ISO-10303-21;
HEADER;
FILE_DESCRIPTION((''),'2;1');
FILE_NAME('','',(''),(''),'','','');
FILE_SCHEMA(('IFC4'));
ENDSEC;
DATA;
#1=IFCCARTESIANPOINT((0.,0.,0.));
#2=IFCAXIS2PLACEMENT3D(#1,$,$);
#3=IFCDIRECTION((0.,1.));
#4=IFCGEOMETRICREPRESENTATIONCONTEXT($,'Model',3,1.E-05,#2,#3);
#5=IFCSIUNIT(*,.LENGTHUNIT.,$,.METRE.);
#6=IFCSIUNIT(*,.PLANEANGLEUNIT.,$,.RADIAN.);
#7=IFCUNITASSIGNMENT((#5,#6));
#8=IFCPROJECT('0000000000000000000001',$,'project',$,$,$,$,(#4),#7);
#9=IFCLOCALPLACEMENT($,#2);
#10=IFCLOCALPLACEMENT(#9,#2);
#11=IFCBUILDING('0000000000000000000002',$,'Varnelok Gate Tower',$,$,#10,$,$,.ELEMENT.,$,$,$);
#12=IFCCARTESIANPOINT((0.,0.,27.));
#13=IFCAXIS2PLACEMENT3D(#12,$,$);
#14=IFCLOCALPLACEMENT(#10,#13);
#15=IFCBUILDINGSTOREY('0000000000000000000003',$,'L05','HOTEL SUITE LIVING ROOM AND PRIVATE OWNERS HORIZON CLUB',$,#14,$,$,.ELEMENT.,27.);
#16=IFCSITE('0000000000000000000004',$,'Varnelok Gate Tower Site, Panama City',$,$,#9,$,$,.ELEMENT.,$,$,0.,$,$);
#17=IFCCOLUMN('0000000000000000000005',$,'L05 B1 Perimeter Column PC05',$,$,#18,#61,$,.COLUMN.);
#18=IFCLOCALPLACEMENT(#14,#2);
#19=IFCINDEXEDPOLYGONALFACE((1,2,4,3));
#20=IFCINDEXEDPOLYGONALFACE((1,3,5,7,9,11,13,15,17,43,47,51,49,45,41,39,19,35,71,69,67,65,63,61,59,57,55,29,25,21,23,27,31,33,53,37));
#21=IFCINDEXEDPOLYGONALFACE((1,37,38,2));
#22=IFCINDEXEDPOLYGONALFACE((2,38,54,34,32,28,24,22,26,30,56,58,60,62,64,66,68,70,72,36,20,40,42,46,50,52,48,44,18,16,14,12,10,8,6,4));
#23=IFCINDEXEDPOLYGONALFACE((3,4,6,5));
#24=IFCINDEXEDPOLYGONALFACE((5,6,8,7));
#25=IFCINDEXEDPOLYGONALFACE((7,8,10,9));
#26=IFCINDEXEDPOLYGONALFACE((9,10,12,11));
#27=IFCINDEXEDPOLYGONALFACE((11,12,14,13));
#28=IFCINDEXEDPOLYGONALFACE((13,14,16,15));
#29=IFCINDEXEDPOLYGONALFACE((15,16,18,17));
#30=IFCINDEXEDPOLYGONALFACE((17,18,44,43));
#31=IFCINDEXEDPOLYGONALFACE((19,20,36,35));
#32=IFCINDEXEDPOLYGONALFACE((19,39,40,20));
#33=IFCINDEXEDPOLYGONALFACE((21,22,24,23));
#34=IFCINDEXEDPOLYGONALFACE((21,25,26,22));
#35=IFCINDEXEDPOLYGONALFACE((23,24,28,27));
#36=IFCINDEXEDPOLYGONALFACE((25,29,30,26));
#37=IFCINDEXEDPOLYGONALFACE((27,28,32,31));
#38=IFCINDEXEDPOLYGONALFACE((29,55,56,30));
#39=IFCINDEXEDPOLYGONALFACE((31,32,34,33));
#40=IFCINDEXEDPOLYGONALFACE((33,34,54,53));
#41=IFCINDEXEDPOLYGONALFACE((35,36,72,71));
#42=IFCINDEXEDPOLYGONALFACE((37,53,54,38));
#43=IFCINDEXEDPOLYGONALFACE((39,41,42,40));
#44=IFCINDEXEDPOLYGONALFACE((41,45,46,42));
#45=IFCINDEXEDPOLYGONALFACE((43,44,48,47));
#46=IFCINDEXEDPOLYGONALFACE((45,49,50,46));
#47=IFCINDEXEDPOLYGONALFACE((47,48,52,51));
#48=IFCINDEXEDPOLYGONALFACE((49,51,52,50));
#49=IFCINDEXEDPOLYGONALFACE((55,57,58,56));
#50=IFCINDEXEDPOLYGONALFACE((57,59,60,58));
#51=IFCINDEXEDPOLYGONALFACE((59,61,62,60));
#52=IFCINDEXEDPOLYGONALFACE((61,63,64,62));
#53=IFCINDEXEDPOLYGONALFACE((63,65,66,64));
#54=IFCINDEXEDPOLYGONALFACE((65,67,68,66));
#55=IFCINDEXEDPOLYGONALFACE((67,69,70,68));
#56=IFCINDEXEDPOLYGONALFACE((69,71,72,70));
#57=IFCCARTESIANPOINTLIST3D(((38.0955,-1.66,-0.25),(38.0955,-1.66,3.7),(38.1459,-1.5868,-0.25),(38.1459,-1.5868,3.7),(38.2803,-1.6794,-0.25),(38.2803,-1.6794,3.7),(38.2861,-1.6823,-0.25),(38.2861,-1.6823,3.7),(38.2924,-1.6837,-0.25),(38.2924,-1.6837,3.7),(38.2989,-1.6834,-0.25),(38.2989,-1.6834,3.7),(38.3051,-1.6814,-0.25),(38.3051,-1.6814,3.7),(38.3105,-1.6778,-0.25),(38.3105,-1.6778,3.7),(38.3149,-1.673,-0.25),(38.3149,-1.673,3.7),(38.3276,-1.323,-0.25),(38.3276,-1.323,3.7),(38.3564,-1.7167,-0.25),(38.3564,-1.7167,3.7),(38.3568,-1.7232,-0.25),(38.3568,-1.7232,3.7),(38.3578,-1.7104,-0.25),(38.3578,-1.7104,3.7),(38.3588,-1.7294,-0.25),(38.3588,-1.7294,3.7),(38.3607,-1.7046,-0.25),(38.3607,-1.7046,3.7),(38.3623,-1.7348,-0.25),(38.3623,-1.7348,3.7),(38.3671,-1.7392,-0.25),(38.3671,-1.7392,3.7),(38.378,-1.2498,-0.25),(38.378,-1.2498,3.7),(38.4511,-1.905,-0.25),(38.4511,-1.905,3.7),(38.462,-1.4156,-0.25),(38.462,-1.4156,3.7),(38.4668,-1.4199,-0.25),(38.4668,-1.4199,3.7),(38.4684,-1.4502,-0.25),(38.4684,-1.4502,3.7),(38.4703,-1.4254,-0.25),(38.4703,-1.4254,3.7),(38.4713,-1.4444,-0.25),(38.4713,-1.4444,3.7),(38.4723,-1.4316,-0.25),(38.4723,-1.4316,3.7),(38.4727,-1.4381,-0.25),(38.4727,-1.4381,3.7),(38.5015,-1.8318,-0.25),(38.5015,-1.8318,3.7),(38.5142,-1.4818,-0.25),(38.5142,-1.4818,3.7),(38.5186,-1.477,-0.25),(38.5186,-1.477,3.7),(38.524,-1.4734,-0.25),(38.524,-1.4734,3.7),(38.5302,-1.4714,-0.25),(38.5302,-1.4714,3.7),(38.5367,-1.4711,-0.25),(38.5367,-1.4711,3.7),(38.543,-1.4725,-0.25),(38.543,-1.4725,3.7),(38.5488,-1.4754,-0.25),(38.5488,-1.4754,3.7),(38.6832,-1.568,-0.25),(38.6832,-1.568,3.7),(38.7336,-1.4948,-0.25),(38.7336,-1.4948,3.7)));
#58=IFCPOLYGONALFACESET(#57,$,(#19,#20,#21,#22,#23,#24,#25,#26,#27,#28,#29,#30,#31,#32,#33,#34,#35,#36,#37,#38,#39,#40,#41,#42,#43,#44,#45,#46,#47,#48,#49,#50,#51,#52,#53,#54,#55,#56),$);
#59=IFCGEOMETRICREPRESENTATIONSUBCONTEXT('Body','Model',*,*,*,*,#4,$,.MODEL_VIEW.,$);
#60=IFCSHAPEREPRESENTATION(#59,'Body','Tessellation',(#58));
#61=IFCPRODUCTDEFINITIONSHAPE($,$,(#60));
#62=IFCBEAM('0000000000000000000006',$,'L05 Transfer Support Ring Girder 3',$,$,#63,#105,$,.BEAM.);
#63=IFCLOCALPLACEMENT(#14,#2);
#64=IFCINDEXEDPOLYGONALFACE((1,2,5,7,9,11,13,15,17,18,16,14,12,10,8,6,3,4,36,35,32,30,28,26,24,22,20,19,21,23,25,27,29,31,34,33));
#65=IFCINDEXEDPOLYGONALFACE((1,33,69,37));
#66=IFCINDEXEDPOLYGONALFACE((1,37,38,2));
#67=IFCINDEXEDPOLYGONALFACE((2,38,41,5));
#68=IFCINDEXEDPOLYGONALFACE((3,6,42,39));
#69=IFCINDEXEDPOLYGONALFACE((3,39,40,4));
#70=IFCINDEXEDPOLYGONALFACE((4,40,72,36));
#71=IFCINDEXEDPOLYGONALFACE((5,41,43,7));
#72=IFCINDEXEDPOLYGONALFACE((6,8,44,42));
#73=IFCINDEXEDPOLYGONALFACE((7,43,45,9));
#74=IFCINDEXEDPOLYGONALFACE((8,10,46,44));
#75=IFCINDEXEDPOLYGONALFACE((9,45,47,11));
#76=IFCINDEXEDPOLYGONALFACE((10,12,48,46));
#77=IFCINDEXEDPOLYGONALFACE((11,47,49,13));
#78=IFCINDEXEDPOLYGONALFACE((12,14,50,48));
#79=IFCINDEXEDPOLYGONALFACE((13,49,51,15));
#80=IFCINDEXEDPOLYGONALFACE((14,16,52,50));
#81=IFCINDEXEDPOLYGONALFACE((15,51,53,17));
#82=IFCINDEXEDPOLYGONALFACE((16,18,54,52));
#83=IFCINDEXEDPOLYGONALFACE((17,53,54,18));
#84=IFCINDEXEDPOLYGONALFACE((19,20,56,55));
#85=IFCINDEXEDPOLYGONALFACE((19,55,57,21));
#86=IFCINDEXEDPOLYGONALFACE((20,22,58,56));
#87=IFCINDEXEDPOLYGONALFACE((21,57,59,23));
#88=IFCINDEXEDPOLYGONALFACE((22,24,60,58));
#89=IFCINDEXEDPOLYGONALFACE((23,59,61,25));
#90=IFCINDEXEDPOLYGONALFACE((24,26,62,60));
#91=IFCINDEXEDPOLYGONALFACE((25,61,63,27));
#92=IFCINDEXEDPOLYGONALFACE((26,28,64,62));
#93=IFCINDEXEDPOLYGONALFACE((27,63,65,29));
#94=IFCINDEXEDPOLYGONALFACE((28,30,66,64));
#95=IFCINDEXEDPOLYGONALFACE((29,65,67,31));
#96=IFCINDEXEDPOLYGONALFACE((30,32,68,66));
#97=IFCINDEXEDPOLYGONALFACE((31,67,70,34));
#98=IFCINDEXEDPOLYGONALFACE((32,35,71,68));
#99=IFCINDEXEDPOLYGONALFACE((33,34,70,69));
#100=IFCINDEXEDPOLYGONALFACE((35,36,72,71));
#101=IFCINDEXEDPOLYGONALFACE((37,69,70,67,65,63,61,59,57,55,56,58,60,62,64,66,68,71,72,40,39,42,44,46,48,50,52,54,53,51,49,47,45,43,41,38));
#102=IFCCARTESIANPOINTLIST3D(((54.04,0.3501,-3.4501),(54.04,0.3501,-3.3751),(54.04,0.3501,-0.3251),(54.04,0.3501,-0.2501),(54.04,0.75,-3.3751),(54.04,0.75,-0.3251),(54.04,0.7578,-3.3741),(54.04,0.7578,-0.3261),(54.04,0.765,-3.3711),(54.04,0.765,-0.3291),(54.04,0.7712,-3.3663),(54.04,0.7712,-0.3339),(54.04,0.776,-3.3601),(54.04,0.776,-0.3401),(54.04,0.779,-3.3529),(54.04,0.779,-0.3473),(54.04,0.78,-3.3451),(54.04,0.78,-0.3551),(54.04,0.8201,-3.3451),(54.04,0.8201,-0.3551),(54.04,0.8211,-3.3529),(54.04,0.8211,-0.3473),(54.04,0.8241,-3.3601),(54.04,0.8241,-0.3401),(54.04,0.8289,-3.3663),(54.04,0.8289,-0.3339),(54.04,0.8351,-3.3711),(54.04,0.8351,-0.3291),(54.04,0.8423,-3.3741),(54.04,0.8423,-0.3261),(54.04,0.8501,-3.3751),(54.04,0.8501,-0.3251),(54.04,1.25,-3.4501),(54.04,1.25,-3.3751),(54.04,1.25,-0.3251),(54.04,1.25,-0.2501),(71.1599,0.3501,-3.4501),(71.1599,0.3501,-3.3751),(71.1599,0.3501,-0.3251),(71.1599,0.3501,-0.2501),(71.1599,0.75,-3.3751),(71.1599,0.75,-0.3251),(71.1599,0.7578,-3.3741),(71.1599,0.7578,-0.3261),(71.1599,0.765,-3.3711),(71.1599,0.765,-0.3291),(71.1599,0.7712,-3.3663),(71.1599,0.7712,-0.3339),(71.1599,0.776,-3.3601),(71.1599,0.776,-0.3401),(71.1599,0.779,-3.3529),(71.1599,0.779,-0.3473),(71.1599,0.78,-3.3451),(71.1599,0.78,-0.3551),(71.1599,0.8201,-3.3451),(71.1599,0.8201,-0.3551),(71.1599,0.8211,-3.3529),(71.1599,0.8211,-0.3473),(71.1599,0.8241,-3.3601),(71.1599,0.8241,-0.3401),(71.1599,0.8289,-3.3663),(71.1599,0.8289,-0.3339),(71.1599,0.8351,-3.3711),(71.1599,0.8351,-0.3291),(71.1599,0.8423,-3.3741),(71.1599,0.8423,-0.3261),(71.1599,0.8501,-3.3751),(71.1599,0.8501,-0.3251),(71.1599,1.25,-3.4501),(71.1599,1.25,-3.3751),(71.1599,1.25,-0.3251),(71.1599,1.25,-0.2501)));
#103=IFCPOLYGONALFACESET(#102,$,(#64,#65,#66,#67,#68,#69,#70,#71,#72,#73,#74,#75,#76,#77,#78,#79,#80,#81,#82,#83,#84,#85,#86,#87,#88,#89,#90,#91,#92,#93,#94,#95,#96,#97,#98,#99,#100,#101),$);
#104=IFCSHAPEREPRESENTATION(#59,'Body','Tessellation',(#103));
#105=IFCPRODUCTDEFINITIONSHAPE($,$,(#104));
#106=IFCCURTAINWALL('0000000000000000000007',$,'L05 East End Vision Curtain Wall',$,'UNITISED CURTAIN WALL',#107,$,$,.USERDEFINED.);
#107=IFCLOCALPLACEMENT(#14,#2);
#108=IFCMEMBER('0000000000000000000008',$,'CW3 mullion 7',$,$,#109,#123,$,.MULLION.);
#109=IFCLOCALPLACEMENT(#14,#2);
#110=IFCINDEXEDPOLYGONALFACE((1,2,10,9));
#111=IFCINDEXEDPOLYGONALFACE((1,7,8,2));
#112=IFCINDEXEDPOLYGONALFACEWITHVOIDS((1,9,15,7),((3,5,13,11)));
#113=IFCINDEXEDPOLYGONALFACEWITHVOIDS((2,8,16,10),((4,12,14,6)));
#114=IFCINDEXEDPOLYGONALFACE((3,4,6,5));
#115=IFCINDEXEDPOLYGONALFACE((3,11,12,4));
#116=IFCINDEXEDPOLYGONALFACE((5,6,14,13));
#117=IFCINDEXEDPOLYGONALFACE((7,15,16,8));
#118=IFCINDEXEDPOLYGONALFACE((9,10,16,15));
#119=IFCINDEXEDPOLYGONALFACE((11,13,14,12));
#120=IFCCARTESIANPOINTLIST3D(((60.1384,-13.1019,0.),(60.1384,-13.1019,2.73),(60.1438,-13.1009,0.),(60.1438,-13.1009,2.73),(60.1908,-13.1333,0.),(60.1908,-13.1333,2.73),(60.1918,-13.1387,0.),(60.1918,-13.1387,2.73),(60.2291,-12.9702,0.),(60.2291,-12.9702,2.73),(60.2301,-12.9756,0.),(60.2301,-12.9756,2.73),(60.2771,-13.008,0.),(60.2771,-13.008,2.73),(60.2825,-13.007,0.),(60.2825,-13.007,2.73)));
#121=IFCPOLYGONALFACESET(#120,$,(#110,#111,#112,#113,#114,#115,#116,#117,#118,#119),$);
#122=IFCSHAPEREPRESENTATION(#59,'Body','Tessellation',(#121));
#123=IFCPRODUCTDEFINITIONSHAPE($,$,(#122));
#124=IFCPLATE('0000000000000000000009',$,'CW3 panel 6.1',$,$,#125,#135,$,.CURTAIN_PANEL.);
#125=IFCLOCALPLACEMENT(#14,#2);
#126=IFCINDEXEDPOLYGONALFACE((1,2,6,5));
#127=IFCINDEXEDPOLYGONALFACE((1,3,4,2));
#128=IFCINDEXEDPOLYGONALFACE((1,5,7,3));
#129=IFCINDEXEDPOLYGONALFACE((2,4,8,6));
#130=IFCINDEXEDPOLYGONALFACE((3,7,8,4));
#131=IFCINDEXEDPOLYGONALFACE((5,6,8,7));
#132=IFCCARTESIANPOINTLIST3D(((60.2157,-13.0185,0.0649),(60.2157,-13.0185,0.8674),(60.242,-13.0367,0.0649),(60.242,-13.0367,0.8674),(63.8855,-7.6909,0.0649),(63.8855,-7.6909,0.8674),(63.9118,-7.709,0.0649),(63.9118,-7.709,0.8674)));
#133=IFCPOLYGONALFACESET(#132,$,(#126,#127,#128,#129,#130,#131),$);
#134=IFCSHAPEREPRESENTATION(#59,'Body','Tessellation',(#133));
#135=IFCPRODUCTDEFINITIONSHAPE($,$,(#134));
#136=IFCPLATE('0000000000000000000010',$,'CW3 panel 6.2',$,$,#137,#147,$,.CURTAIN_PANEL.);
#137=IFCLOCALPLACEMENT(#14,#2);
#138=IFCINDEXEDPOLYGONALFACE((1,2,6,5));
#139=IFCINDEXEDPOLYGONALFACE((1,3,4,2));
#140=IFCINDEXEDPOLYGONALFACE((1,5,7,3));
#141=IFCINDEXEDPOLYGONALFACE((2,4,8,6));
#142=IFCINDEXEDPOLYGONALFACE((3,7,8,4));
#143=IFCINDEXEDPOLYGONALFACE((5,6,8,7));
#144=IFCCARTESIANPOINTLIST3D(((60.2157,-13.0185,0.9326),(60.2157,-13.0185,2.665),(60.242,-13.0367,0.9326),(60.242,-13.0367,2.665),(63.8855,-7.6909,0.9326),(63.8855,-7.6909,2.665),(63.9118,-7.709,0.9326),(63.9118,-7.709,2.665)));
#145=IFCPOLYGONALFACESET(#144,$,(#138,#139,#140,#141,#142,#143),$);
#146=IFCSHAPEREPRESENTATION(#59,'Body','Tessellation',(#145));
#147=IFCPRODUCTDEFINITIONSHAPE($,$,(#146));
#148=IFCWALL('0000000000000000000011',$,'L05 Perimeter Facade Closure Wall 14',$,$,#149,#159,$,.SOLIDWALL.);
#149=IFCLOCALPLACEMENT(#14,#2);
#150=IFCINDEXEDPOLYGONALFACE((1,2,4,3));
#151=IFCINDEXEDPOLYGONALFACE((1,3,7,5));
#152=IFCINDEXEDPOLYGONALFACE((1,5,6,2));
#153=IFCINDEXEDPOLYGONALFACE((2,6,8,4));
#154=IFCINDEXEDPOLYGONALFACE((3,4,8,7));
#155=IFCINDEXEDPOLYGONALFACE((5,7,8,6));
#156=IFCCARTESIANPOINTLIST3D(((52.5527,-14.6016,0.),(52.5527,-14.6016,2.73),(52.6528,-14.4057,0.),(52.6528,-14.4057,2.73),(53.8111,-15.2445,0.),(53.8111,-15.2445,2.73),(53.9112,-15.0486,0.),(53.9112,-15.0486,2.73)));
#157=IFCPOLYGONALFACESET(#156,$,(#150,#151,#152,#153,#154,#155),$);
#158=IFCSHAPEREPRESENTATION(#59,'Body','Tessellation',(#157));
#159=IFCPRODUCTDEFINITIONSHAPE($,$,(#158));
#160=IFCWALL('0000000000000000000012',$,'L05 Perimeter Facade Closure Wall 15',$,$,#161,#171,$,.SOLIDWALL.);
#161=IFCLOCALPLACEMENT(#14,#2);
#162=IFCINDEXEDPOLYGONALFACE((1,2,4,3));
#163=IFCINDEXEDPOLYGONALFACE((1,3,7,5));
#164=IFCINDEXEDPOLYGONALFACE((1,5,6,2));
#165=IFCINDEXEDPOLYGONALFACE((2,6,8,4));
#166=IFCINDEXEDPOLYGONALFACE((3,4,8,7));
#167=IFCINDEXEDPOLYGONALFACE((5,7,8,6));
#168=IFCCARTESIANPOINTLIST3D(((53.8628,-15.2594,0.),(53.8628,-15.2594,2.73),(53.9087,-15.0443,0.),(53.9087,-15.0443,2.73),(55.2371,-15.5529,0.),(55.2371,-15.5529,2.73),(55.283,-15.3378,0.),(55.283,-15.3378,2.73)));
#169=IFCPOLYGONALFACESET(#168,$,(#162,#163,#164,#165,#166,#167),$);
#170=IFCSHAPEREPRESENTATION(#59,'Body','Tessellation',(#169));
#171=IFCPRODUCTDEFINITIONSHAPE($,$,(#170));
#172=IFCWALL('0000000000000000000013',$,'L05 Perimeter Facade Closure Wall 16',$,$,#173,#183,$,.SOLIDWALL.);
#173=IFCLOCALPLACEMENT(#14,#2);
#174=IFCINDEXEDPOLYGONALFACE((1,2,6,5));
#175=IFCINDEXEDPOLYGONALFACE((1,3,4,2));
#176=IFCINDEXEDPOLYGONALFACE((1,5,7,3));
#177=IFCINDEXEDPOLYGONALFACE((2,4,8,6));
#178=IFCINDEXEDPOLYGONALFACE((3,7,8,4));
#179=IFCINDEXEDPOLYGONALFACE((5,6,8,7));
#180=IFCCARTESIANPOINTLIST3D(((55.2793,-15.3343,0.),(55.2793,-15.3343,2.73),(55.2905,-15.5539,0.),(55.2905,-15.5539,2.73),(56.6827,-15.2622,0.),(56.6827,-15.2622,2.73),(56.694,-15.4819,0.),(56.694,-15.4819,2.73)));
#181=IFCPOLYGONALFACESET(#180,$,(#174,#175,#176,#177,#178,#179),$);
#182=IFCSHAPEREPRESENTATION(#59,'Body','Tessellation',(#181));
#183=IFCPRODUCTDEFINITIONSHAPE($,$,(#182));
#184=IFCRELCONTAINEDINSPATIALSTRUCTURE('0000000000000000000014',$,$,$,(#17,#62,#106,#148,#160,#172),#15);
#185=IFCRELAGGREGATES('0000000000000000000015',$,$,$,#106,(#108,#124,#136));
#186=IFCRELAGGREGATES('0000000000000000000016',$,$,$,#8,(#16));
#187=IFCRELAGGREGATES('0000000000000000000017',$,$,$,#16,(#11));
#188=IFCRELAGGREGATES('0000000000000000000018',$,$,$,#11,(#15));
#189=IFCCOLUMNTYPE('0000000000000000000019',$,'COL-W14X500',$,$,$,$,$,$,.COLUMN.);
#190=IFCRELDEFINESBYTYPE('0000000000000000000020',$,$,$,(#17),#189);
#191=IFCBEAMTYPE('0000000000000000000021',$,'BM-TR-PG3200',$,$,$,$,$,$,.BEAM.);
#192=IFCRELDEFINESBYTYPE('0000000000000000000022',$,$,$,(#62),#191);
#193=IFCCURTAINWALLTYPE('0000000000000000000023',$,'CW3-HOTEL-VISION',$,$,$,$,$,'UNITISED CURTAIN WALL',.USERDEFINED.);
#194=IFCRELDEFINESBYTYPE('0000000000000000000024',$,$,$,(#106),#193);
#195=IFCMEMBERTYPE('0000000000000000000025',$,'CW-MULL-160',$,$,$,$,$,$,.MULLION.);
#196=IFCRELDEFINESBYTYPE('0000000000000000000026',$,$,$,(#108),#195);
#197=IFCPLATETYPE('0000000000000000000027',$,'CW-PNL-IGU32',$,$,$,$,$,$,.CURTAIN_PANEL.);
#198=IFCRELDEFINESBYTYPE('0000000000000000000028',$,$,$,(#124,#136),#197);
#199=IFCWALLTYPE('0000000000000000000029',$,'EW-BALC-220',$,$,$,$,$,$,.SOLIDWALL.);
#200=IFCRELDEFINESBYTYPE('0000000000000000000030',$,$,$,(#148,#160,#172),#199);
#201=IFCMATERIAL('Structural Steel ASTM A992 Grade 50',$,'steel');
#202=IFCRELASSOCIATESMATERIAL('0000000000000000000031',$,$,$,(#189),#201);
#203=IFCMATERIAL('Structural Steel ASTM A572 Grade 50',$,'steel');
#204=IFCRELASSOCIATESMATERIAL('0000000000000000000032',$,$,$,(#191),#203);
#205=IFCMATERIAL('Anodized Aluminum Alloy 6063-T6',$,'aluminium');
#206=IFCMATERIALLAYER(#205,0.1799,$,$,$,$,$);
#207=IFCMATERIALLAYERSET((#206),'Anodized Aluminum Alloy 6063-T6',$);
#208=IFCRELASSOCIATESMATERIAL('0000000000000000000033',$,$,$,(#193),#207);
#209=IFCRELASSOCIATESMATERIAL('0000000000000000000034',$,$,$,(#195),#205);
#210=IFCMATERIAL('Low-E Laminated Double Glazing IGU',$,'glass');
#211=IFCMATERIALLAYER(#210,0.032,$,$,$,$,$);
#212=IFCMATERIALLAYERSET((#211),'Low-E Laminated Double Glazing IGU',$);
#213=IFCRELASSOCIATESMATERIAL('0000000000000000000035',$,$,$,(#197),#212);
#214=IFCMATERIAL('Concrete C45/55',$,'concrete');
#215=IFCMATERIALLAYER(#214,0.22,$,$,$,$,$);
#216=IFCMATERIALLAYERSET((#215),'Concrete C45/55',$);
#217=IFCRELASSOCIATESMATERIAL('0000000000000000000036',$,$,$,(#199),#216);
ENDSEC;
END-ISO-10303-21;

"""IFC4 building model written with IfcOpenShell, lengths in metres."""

from ifc_helpers import new_model, si_unit, direction, frame, frame_2d, origin, origin_2d, place, context, subcontext, project, spatial, rectangle, hollow_rectangle, i_section, extrude, source, transform, mapped, material, layer, layer_set, material_profile, profile_set, type_object, element, aggregate, save


model = new_model("IFC4")

# Units and contexts
model_context = context("Model", 3, precision=1e-05, world=origin(), true_north=direction((0.0, 1.0)))
body_context = subcontext(model_context, "Body", "Model", "MODEL_VIEW")
ifc_project = project(units=[si_unit("LENGTHUNIT", "METRE"), si_unit("PLANEANGLEUNIT", "RADIAN")], contexts=[model_context])

# Site, building, storey
site_placement = place(None, origin())
site = spatial("IfcSite", under=ifc_project, at=site_placement, Name="Varnelok Gate Tower Site, Panama City", CompositionType="ELEMENT", RefElevation=0.0)
building_placement = place(site_placement, origin())
building = spatial("IfcBuilding", under=site, at=building_placement, Name="Varnelok Gate Tower", CompositionType="ELEMENT")
storey_placement = place(building_placement, frame((0.0, 0.0, 27.0)))
storey = spatial("IfcBuildingStorey", under=building, at=storey_placement, Name="L05", Description="HOTEL SUITE LIVING ROOM AND PRIVATE OWNERS HORIZON CLUB", CompositionType="ELEMENT", Elevation=27.0)

# Column
ifc_material_1 = material(Name="Structural Steel ASTM A992 Grade 50", Category="steel")
ifc_material_profile_1 = material_profile(ifc_material_1, i_section(OverallWidth=0.4319, OverallDepth=0.498, WebThickness=0.0557, FlangeThickness=0.0889, FilletRadius=0.0249, at=origin_2d()), Name="W14X500")
ifc_profile_set_1 = profile_set([ifc_material_profile_1], Name="Structural Steel ASTM A992 Grade 50")
column_type = type_object("IfcColumnType", Name="COL-W14X500", PredefinedType="COLUMN", material=ifc_profile_set_1)
column_placement = place(storey_placement, frame((38.4146, -1.5774, -0.25), z_axis=(0.0, 0.0, 1.0), x_axis=(0.823533, -0.567269, 0.0)))
element("IfcColumn", 1, at=column_placement, inside=storey, type_object=column_type, Name="L05 B1 Perimeter Column PC05", PredefinedType="COLUMN", context=body_context, shape_type="SweptSolid", body=[
    extrude(i_section(OverallWidth=0.4319, OverallDepth=0.498, WebThickness=0.0557, FlangeThickness=0.0889, FilletRadius=0.0249, at=origin_2d()), origin(), (0.0, 0.0, 1.0), 3.95),
])

# Beam
ifc_material_2 = material(Name="Structural Steel ASTM A572 Grade 50", Category="steel")
ifc_material_profile_2 = material_profile(ifc_material_2, i_section(OverallWidth=0.8999, OverallDepth=3.2, WebThickness=0.04, FlangeThickness=0.075, FilletRadius=0.03, at=origin_2d()), Name="PG3200X900")
ifc_profile_set_2 = profile_set([ifc_material_profile_2], Name="Structural Steel ASTM A572 Grade 50")
beam_type = type_object("IfcBeamType", Name="BM-TR-PG3200", PredefinedType="BEAM", material=ifc_profile_set_2)
beam_placement = place(storey_placement, frame((54.04, 0.8, -1.8501), z_axis=(1.0, 0.0, 0.0), x_axis=(0.0, 1.0, 0.0)))
element("IfcBeam", 2, at=beam_placement, inside=storey, type_object=beam_type, Name="L05 Transfer Support Ring Girder 3", PredefinedType="BEAM", context=body_context, shape_type="SweptSolid", body=[
    extrude(i_section(OverallWidth=0.8999, OverallDepth=3.2, WebThickness=0.04, FlangeThickness=0.075, FilletRadius=0.03, at=origin_2d()), origin(), (0.0, 0.0, 1.0), 17.1199),
])

# Curtain wall, member, plates
ifc_material_3 = material(Name="Anodized Aluminum Alloy 6063-T6", Category="aluminium")
ifc_layer_1 = layer(ifc_material_3, 0.1799)
ifc_layer_set_1 = layer_set([ifc_layer_1], Name="Anodized Aluminum Alloy 6063-T6")
curtain_wall_type = type_object("IfcCurtainWallType", Name="CW3-HOTEL-VISION", ElementType="UNITISED CURTAIN WALL", PredefinedType="USERDEFINED", material=ifc_layer_set_1)
curtain_wall_placement = place(storey_placement, origin())
curtain_wall = element("IfcCurtainWall", 3, at=curtain_wall_placement, inside=storey, type_object=curtain_wall_type, Name="L05 East End Vision Curtain Wall", ObjectType="UNITISED CURTAIN WALL", PredefinedType="USERDEFINED")
ifc_material_profile_3 = material_profile(ifc_material_3, hollow_rectangle(XDim=0.0649, YDim=0.1599, WallThickness=0.0039, at=origin_2d()), Name="ALU160X65X4")
ifc_profile_set_3 = profile_set([ifc_material_profile_3], Name="Anodized Aluminum Alloy 6063-T6")
member_type = type_object("IfcMemberType", Name="CW-MULL-160", PredefinedType="MULLION", material=ifc_profile_set_3)
member_placement = place(storey_placement, frame((60.2104, -13.0544, 0.0), z_axis=(0.0, 0.0, 1.0), x_axis=(0.823533, -0.567269, 0.0)))
member = element("IfcMember", 4, at=member_placement, type_object=member_type, Name="CW3 mullion 7", PredefinedType="MULLION", context=body_context, shape_type="SweptSolid", body=[
    extrude(hollow_rectangle(XDim=0.0649, YDim=0.1599, WallThickness=0.0039, at=origin_2d()), origin(), (0.0, 0.0, 1.0), 2.73),
])
ifc_material_4 = material(Name="Low-E Laminated Double Glazing IGU", Category="glass")
ifc_layer_2 = layer(ifc_material_4, 0.032)
ifc_layer_set_2 = layer_set([ifc_layer_2], Name="Low-E Laminated Double Glazing IGU")
plate_type = type_object("IfcPlateType", Name="CW-PNL-IGU32", PredefinedType="CURTAIN_PANEL", material=ifc_layer_set_2)
shared_shape_1 = source(origin(), body_context, "Body", "SweptSolid", [
    extrude(rectangle(XDim=6.4692, YDim=0.032, at=origin_2d()), origin(), (0.0, 0.0, 1.0), 0.8025),
])
plate_1_placement = place(storey_placement, frame((62.0637, -10.3638, 0.0649), z_axis=(0.0, 0.0, 1.0), x_axis=(-0.567269, -0.823533, 0.0)))
plate_1 = element("IfcPlate", 5, at=plate_1_placement, type_object=plate_type, Name="CW3 panel 6.1", PredefinedType="CURTAIN_PANEL", context=body_context, shape_type="MappedRepresentation", body=[
    mapped(shared_shape_1, transform((0.0, 0.0, 0.0), scale=1.0)),
])
shared_shape_2 = source(origin(), body_context, "Body", "SweptSolid", [
    extrude(rectangle(XDim=6.4692, YDim=0.032, at=origin_2d()), origin(), (0.0, 0.0, 1.0), 1.7324),
])
plate_2_placement = place(storey_placement, frame((62.0637, -10.3638, 0.9326), z_axis=(0.0, 0.0, 1.0), x_axis=(-0.567269, -0.823533, 0.0)))
plate_2 = element("IfcPlate", 6, at=plate_2_placement, type_object=plate_type, Name="CW3 panel 6.2", PredefinedType="CURTAIN_PANEL", context=body_context, shape_type="MappedRepresentation", body=[
    mapped(shared_shape_2, transform((0.0, 0.0, 0.0), scale=1.0)),
])
aggregate(curtain_wall, [member, plate_1, plate_2])

# Walls
ifc_material_5 = material(Name="Concrete C45/55", Category="concrete")
ifc_layer_3 = layer(ifc_material_5, 0.22)
ifc_layer_set_3 = layer_set([ifc_layer_3], Name="Concrete C45/55")
wall_type_1 = type_object("IfcWallType", Name="EW-BALC-220", PredefinedType="SOLIDWALL", material=ifc_layer_set_3)
wall_1_placement = place(storey_placement, frame((52.6028, -14.5037, 0.0), z_axis=(0.0, 0.0, 1.0), x_axis=(0.890523, -0.454938, 0.0)))
element("IfcWall", 7, at=wall_1_placement, inside=storey, type_object=wall_type_1, Name="L05 Perimeter Facade Closure Wall 14", PredefinedType="SOLIDWALL", context=body_context, shape_type="SweptSolid", body=[
    extrude(rectangle(XDim=1.4131, YDim=0.22, at=frame_2d((0.7065, 0.0))), origin(), (0.0, 0.0, 1.0), 2.73),
])
for number, where, z_axis, x_axis, name in (
    (8, (53.8857, -15.1519, 0.0), (0.0, 0.0, 1.0), (0.977952, -0.208829, 0.0), "L05 Perimeter Facade Closure Wall 15"),
    (9, (55.2849, -15.4441, 0.0), (0.0, 0.0, 1.0), (0.998686, 0.051255, 0.0), "L05 Perimeter Facade Closure Wall 16"),
):
    element("IfcWall", number, at=place(storey_placement, frame(where, z_axis=z_axis, x_axis=x_axis)), inside=storey, type_object=wall_type_1, Name=name, PredefinedType="SOLIDWALL", context=body_context, shape_type="SweptSolid", body=[
        extrude(rectangle(XDim=1.4053, YDim=0.22, at=frame_2d((0.7026, 0.0))), origin(), (0.0, 0.0, 1.0), 2.73),
    ])

save(model, "model.ifc")
